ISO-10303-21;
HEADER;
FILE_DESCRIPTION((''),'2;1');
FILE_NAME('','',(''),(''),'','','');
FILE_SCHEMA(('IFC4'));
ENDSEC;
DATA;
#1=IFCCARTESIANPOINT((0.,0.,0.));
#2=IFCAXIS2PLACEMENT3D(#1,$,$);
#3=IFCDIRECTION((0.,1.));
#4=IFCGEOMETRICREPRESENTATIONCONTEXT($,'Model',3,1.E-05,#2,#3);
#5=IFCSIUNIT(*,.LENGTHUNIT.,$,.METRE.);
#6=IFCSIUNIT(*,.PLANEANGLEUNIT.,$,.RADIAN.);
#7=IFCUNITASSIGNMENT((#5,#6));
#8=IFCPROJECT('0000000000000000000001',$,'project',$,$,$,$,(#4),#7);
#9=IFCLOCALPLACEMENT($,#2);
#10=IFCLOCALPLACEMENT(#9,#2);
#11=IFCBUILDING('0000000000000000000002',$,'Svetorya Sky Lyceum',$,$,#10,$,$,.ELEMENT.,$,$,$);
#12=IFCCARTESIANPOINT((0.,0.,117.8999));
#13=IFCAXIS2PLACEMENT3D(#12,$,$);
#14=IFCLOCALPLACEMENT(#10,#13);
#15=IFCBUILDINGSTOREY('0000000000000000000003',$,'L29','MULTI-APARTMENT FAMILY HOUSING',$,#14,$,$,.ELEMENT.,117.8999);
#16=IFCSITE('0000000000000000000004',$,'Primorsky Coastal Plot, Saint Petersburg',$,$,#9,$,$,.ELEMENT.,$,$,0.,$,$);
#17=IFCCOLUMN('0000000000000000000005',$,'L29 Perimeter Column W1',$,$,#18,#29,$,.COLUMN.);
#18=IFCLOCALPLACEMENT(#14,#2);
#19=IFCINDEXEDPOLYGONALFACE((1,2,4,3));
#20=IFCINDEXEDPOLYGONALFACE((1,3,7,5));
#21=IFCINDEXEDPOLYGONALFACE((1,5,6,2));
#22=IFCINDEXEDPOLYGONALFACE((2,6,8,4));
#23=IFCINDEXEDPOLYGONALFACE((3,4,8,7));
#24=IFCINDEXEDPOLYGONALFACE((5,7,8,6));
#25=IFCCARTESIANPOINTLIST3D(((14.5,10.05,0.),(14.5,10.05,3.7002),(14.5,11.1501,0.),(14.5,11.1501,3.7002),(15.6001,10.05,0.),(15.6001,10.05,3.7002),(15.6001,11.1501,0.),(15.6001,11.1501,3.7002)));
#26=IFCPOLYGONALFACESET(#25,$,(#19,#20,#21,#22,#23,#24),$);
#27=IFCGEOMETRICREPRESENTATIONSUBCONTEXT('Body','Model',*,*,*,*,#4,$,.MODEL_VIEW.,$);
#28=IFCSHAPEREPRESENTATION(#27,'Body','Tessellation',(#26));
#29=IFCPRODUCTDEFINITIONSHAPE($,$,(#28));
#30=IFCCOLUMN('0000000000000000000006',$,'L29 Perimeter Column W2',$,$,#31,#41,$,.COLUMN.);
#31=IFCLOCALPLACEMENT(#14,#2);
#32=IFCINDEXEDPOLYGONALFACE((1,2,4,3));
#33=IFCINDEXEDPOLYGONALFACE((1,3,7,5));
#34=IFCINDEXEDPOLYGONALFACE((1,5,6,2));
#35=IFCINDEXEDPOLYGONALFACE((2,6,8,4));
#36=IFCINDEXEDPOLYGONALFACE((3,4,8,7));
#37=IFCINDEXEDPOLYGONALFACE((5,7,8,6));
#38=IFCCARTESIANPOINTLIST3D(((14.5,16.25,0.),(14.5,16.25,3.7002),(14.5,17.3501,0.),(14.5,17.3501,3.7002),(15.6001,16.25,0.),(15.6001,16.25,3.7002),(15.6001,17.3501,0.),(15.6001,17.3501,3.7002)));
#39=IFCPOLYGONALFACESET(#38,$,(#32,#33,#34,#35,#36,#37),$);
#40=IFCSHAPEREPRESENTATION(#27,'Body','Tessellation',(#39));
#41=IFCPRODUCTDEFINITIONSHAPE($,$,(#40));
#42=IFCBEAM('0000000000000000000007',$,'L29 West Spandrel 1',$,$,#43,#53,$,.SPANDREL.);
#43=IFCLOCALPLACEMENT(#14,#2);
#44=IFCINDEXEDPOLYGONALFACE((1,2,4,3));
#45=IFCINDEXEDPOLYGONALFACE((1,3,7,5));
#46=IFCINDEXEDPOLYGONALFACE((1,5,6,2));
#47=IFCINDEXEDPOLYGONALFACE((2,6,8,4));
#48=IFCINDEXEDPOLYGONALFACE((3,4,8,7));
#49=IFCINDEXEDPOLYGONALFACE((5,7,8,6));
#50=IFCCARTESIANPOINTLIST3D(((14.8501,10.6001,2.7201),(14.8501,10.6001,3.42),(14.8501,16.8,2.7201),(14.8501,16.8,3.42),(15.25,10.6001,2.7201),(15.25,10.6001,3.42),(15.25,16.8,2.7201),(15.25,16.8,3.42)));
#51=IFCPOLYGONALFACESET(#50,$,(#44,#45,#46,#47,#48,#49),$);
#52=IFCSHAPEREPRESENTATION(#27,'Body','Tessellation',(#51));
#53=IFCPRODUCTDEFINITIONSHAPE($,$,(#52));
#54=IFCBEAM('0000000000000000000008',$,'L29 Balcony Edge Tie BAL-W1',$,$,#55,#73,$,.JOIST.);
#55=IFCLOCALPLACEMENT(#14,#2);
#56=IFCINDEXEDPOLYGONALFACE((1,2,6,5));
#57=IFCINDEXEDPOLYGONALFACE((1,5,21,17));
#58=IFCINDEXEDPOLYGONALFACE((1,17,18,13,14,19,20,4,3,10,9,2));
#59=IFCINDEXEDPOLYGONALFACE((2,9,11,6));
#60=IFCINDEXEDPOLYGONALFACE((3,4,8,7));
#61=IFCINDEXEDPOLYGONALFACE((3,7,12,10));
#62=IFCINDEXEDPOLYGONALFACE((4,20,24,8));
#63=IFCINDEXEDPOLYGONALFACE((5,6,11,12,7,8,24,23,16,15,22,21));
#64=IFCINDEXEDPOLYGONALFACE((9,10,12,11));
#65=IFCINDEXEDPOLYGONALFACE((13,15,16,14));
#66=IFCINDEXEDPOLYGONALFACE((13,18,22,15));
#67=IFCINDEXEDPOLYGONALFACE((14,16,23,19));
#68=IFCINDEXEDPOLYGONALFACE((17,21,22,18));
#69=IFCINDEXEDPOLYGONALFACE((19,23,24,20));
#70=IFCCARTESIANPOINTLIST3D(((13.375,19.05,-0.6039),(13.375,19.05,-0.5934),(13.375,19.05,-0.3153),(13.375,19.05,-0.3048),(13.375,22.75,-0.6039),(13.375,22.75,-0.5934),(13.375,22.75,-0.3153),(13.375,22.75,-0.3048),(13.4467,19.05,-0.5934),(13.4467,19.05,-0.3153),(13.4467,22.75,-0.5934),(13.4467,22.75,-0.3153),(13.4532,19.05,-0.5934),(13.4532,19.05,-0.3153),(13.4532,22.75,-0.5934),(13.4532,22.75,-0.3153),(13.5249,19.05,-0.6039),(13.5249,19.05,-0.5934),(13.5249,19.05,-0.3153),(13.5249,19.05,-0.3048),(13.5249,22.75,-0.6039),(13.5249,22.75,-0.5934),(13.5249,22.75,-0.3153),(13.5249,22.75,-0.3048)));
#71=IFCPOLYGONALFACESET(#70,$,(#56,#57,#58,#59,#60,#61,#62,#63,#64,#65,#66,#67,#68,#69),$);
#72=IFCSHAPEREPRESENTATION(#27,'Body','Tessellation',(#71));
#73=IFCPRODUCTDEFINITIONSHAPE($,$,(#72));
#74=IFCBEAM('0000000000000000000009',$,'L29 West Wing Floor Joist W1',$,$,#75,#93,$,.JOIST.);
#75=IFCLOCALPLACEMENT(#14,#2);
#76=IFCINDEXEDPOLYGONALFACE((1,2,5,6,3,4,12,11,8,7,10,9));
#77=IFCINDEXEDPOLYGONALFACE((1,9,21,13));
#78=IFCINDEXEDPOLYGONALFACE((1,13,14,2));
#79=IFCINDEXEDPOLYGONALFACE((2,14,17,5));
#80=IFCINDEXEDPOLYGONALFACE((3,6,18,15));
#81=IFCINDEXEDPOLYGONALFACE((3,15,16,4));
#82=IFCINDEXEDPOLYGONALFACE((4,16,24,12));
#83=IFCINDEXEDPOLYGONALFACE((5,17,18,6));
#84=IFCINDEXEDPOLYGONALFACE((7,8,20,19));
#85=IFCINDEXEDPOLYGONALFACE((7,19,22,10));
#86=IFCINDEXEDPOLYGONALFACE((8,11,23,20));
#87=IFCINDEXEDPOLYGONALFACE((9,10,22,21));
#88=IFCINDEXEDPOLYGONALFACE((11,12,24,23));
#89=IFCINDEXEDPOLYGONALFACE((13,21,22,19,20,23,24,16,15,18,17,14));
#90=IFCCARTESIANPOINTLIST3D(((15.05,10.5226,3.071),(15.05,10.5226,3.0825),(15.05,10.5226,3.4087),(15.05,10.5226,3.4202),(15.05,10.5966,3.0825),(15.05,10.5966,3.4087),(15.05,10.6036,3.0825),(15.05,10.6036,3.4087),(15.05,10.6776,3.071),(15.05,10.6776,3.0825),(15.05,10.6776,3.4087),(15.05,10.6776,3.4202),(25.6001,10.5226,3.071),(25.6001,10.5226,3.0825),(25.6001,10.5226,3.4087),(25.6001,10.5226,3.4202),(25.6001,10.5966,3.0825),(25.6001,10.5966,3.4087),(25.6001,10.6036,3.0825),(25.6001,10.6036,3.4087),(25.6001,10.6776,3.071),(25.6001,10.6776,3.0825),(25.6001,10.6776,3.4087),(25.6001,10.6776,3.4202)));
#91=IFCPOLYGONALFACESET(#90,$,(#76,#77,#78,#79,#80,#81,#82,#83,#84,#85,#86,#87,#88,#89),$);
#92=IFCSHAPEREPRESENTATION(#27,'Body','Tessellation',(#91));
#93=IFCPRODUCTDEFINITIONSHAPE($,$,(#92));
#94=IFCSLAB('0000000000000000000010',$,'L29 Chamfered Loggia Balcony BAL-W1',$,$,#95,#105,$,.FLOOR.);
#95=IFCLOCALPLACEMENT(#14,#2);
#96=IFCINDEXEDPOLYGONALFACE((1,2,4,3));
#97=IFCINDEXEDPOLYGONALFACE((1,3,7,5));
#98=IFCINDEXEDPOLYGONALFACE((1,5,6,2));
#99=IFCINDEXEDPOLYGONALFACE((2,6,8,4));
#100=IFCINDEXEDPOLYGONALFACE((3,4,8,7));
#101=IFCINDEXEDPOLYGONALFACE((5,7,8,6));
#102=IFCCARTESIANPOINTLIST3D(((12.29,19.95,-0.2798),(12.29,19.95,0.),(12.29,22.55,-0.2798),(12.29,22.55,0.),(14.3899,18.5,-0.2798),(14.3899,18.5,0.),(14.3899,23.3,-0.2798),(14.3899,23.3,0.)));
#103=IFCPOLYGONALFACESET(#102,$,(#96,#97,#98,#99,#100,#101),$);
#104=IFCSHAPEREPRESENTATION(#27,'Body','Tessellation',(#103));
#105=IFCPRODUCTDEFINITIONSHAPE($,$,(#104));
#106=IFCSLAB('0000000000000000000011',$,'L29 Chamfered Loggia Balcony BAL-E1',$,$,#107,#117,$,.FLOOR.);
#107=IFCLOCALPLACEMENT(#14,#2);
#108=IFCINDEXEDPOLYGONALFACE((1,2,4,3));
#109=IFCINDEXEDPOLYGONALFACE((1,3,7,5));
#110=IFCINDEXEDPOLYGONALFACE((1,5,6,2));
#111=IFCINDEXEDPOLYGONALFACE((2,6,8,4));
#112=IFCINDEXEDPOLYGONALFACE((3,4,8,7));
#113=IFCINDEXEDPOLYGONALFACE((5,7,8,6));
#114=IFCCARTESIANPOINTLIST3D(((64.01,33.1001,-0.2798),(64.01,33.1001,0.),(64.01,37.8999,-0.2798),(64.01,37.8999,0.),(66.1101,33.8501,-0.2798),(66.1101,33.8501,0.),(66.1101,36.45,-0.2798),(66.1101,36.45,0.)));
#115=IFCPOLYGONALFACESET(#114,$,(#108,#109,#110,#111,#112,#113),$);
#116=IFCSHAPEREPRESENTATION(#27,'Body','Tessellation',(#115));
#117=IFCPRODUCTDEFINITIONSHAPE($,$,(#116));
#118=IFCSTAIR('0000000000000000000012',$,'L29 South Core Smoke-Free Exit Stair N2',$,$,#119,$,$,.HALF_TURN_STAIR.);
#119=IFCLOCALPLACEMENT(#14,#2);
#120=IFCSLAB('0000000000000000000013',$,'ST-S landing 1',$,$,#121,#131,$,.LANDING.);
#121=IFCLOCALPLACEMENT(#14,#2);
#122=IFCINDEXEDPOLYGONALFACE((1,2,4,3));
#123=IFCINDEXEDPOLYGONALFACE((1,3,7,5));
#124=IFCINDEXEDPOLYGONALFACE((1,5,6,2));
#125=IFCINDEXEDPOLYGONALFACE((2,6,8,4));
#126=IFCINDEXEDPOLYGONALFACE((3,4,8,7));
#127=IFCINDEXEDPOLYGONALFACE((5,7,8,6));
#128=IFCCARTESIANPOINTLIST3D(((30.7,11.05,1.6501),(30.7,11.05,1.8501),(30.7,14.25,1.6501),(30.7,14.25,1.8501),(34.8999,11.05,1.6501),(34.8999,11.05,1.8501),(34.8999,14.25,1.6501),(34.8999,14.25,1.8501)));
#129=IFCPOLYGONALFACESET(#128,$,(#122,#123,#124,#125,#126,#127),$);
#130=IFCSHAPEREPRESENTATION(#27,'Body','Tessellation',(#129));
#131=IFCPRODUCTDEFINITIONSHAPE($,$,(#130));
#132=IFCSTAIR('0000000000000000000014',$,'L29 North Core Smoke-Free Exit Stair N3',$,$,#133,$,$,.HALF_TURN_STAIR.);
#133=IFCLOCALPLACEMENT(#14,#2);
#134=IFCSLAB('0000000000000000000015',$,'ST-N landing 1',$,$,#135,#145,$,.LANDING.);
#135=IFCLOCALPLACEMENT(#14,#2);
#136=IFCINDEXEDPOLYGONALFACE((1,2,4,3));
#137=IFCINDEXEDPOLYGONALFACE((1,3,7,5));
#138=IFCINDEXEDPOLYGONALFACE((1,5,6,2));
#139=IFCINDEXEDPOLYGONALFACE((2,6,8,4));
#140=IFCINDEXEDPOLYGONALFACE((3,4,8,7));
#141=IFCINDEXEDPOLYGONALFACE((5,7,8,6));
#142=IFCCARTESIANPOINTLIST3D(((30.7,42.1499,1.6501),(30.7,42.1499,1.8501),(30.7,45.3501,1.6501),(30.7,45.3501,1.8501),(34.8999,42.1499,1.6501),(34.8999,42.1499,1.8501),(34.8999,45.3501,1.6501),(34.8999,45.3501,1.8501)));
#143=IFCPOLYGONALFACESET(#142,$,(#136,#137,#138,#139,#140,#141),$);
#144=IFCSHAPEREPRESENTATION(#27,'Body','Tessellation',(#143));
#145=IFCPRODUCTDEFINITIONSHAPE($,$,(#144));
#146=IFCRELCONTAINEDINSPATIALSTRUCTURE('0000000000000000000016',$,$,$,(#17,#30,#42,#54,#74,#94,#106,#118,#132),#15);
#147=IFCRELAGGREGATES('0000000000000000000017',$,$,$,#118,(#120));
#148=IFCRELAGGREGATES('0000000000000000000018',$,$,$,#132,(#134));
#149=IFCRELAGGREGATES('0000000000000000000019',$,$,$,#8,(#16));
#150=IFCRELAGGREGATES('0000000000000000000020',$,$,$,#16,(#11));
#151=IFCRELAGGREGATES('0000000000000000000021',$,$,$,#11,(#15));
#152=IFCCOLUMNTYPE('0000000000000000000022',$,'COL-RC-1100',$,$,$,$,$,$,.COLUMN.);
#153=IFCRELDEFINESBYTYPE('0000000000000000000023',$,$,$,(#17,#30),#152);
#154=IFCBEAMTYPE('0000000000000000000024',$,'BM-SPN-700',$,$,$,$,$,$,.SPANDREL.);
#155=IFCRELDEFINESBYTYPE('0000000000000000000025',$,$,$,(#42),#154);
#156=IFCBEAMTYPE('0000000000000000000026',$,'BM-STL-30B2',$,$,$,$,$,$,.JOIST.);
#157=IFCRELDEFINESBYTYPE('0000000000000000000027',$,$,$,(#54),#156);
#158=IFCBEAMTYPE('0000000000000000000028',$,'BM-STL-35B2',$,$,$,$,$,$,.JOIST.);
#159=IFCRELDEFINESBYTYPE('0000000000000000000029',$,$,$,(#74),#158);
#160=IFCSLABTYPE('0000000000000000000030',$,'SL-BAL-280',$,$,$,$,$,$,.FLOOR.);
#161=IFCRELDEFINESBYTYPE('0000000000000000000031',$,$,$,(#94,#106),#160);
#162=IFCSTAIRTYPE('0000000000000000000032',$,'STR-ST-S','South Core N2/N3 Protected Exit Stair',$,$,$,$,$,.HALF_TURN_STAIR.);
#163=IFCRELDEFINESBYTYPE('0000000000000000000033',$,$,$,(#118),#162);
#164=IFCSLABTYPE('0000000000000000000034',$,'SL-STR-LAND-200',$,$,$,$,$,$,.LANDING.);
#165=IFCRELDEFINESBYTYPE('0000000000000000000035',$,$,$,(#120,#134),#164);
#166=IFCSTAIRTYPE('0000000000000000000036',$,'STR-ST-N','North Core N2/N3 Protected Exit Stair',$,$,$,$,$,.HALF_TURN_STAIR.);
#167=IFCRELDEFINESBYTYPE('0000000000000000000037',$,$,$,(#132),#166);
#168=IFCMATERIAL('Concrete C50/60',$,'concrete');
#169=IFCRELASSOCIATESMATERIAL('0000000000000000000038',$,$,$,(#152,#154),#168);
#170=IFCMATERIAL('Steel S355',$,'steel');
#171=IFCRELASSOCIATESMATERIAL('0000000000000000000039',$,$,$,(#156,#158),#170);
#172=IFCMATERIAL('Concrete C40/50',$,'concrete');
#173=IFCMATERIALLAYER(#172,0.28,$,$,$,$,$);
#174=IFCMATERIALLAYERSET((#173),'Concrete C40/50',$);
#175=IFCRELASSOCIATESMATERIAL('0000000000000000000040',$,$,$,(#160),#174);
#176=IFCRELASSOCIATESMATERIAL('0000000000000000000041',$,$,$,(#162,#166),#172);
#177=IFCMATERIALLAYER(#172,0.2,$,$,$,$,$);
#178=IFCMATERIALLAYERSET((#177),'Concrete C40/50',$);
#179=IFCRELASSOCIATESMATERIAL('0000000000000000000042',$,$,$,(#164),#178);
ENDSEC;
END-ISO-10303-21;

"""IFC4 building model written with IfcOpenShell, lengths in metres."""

from ifc_helpers import new_model, si_unit, direction, frame, origin, origin_2d, place, context, subcontext, project, spatial, polyline, rectangle, i_section, outline, extrude, material, layer, layer_set, material_profile, profile_set, type_object, element, aggregate, save


model = new_model("IFC4")

# Units and contexts
model_context = context("Model", 3, precision=1e-05, world=origin(), true_north=direction((0.0, 1.0)))
body_context = subcontext(model_context, "Body", "Model", "MODEL_VIEW")
ifc_project = project(units=[si_unit("LENGTHUNIT", "METRE"), si_unit("PLANEANGLEUNIT", "RADIAN")], contexts=[model_context])

# Site, building, storey
site_placement = place(None, origin())
site = spatial("IfcSite", under=ifc_project, at=site_placement, Name="Primorsky Coastal Plot, Saint Petersburg", CompositionType="ELEMENT", RefElevation=0.0)
building_placement = place(site_placement, origin())
building = spatial("IfcBuilding", under=site, at=building_placement, Name="Svetorya Sky Lyceum", CompositionType="ELEMENT")
storey_placement = place(building_placement, frame((0.0, 0.0, 117.8999)))
storey = spatial("IfcBuildingStorey", under=building, at=storey_placement, Name="L29", Description="MULTI-APARTMENT FAMILY HOUSING", CompositionType="ELEMENT", Elevation=117.8999)

# Columns
ifc_material_1 = material(Name="Concrete C50/60", Category="concrete")
ifc_material_profile_1 = material_profile(ifc_material_1, rectangle(XDim=1.1001, YDim=1.1001, at=origin_2d()), Name="RC COL 1100x1100")
ifc_profile_set_1 = profile_set([ifc_material_profile_1], Name="Concrete C50/60")
column_type = type_object("IfcColumnType", Name="COL-RC-1100", PredefinedType="COLUMN", material=ifc_profile_set_1)
for number, where, z_axis, x_axis, name in (
    (1, (15.05, 10.6001, 0.0), (0.0, 0.0, 1.0), (1.0, 0.0, 0.0), "L29 Perimeter Column W1"),
    (2, (15.05, 16.8, 0.0), (0.0, 0.0, 1.0), (1.0, 0.0, 0.0), "L29 Perimeter Column W2"),
):
    element("IfcColumn", number, at=place(storey_placement, frame(where, z_axis=z_axis, x_axis=x_axis)), inside=storey, type_object=column_type, Name=name, PredefinedType="COLUMN", context=body_context, shape_type="SweptSolid", body=[
        extrude(rectangle(XDim=1.1001, YDim=1.1001, at=origin_2d()), origin(), (0.0, 0.0, 1.0), 3.7002),
    ])

# Beams
ifc_material_profile_2 = material_profile(ifc_material_1, rectangle(XDim=0.3999, YDim=0.7, at=origin_2d()), Name="RC SPANDREL 400x700")
ifc_profile_set_2 = profile_set([ifc_material_profile_2], Name="Concrete C50/60")
beam_type_1 = type_object("IfcBeamType", Name="BM-SPN-700", PredefinedType="SPANDREL", material=ifc_profile_set_2)
beam_1_placement = place(storey_placement, frame((15.05, 10.6001, 3.0701), z_axis=(0.0, 1.0, 0.0), x_axis=(-1.0, 0.0, 0.0)))
element("IfcBeam", 3, at=beam_1_placement, inside=storey, type_object=beam_type_1, Name="L29 West Spandrel 1", PredefinedType="SPANDREL", context=body_context, shape_type="SweptSolid", body=[
    extrude(rectangle(XDim=0.3999, YDim=0.7, at=origin_2d()), origin(), (0.0, 0.0, 1.0), 6.2),
])
ifc_material_2 = material(Name="Steel S355", Category="steel")
ifc_material_profile_3 = material_profile(ifc_material_2, i_section(OverallWidth=0.1499, OverallDepth=0.2991, WebThickness=0.0066, FlangeThickness=0.0105, at=origin_2d()), Name="GOST 30B2")
ifc_profile_set_3 = profile_set([ifc_material_profile_3], Name="Steel S355")
beam_type_2 = type_object("IfcBeamType", Name="BM-STL-30B2", PredefinedType="JOIST", material=ifc_profile_set_3)
beam_2_placement = place(storey_placement, frame((13.45, 19.05, -0.4543), z_axis=(0.0, 1.0, 0.0), x_axis=(-1.0, 0.0, 0.0)))
element("IfcBeam", 4, at=beam_2_placement, inside=storey, type_object=beam_type_2, Name="L29 Balcony Edge Tie BAL-W1", PredefinedType="JOIST", context=body_context, shape_type="SweptSolid", body=[
    extrude(i_section(OverallWidth=0.1499, OverallDepth=0.2991, WebThickness=0.0066, FlangeThickness=0.0105, at=origin_2d()), origin(), (0.0, 0.0, 1.0), 3.7),
])
ifc_material_profile_4 = material_profile(ifc_material_2, i_section(OverallWidth=0.155, OverallDepth=0.3491, WebThickness=0.0071, FlangeThickness=0.0115, at=origin_2d()), Name="GOST 35B2")
ifc_profile_set_4 = profile_set([ifc_material_profile_4], Name="Steel S355")
beam_type_3 = type_object("IfcBeamType", Name="BM-STL-35B2", PredefinedType="JOIST", material=ifc_profile_set_4)
beam_3_placement = place(storey_placement, frame((15.05, 10.6001, 3.2456), z_axis=(1.0, 0.0, 0.0), x_axis=(0.0, 1.0, 0.0)))
element("IfcBeam", 5, at=beam_3_placement, inside=storey, type_object=beam_type_3, Name="L29 West Wing Floor Joist W1", PredefinedType="JOIST", context=body_context, shape_type="SweptSolid", body=[
    extrude(i_section(OverallWidth=0.155, OverallDepth=0.3491, WebThickness=0.0071, FlangeThickness=0.0115, at=origin_2d()), origin(), (0.0, 0.0, 1.0), 10.55),
])

# Slabs
ifc_material_3 = material(Name="Concrete C40/50", Category="concrete")
ifc_layer_1 = layer(ifc_material_3, 0.28)
ifc_layer_set_1 = layer_set([ifc_layer_1], Name="Concrete C40/50")
slab_type_1 = type_object("IfcSlabType", Name="SL-BAL-280", PredefinedType="FLOOR", material=ifc_layer_set_1)
slab_1_placement = place(storey_placement, frame((0.0, 0.0, -0.2798)))
element("IfcSlab", 6, at=slab_1_placement, inside=storey, type_object=slab_type_1, Name="L29 Chamfered Loggia Balcony BAL-W1", PredefinedType="FLOOR", context=body_context, shape_type="SweptSolid", body=[
    extrude(outline(polyline([(14.3899, 18.5), (14.3899, 23.3), (12.29, 22.55), (12.29, 19.95), (14.3899, 18.5)])), origin(), (0.0, 0.0, 1.0), 0.2798),
])
slab_2_placement = place(storey_placement, frame((0.0, 0.0, -0.2798)))
element("IfcSlab", 7, at=slab_2_placement, inside=storey, type_object=slab_type_1, Name="L29 Chamfered Loggia Balcony BAL-E1", PredefinedType="FLOOR", context=body_context, shape_type="SweptSolid", body=[
    extrude(outline(polyline([(64.01, 33.1001), (66.1101, 33.8501), (66.1101, 36.45), (64.01, 37.8999), (64.01, 33.1001)])), origin(), (0.0, 0.0, 1.0), 0.2798),
])

# Stairs, slabs
stair_type_1 = type_object("IfcStairType", Name="STR-ST-S", Description="South Core N2/N3 Protected Exit Stair", PredefinedType="HALF_TURN_STAIR", material=ifc_material_3)
stair_1_placement = place(storey_placement, origin())
stair_1 = element("IfcStair", 8, at=stair_1_placement, inside=storey, type_object=stair_type_1, Name="L29 South Core Smoke-Free Exit Stair N2", PredefinedType="HALF_TURN_STAIR")
ifc_layer_2 = layer(ifc_material_3, 0.2)
ifc_layer_set_2 = layer_set([ifc_layer_2], Name="Concrete C40/50")
slab_type_2 = type_object("IfcSlabType", Name="SL-STR-LAND-200", PredefinedType="LANDING", material=ifc_layer_set_2)
slab_3_placement = place(storey_placement, frame((0.0, 0.0, 1.6501)))
slab_3 = element("IfcSlab", 9, at=slab_3_placement, type_object=slab_type_2, Name="ST-S landing 1", PredefinedType="LANDING", context=body_context, shape_type="SweptSolid", body=[
    extrude(outline(polyline([(30.7, 11.05), (34.8999, 11.05), (34.8999, 14.25), (30.7, 14.25), (30.7, 11.05)])), origin(), (0.0, 0.0, 1.0), 0.2),
])
aggregate(stair_1, [slab_3])
stair_type_2 = type_object("IfcStairType", Name="STR-ST-N", Description="North Core N2/N3 Protected Exit Stair", PredefinedType="HALF_TURN_STAIR", material=ifc_material_3)
stair_2_placement = place(storey_placement, origin())
stair_2 = element("IfcStair", 10, at=stair_2_placement, inside=storey, type_object=stair_type_2, Name="L29 North Core Smoke-Free Exit Stair N3", PredefinedType="HALF_TURN_STAIR")
slab_4_placement = place(storey_placement, frame((0.0, 0.0, 1.6501)))
slab_4 = element("IfcSlab", 11, at=slab_4_placement, type_object=slab_type_2, Name="ST-N landing 1", PredefinedType="LANDING", context=body_context, shape_type="SweptSolid", body=[
    extrude(outline(polyline([(30.7, 42.1499), (34.8999, 42.1499), (34.8999, 45.3501), (30.7, 45.3501), (30.7, 42.1499)])), origin(), (0.0, 0.0, 1.0), 0.2),
])
aggregate(stair_2, [slab_4])

save(model, "model.ifc")
